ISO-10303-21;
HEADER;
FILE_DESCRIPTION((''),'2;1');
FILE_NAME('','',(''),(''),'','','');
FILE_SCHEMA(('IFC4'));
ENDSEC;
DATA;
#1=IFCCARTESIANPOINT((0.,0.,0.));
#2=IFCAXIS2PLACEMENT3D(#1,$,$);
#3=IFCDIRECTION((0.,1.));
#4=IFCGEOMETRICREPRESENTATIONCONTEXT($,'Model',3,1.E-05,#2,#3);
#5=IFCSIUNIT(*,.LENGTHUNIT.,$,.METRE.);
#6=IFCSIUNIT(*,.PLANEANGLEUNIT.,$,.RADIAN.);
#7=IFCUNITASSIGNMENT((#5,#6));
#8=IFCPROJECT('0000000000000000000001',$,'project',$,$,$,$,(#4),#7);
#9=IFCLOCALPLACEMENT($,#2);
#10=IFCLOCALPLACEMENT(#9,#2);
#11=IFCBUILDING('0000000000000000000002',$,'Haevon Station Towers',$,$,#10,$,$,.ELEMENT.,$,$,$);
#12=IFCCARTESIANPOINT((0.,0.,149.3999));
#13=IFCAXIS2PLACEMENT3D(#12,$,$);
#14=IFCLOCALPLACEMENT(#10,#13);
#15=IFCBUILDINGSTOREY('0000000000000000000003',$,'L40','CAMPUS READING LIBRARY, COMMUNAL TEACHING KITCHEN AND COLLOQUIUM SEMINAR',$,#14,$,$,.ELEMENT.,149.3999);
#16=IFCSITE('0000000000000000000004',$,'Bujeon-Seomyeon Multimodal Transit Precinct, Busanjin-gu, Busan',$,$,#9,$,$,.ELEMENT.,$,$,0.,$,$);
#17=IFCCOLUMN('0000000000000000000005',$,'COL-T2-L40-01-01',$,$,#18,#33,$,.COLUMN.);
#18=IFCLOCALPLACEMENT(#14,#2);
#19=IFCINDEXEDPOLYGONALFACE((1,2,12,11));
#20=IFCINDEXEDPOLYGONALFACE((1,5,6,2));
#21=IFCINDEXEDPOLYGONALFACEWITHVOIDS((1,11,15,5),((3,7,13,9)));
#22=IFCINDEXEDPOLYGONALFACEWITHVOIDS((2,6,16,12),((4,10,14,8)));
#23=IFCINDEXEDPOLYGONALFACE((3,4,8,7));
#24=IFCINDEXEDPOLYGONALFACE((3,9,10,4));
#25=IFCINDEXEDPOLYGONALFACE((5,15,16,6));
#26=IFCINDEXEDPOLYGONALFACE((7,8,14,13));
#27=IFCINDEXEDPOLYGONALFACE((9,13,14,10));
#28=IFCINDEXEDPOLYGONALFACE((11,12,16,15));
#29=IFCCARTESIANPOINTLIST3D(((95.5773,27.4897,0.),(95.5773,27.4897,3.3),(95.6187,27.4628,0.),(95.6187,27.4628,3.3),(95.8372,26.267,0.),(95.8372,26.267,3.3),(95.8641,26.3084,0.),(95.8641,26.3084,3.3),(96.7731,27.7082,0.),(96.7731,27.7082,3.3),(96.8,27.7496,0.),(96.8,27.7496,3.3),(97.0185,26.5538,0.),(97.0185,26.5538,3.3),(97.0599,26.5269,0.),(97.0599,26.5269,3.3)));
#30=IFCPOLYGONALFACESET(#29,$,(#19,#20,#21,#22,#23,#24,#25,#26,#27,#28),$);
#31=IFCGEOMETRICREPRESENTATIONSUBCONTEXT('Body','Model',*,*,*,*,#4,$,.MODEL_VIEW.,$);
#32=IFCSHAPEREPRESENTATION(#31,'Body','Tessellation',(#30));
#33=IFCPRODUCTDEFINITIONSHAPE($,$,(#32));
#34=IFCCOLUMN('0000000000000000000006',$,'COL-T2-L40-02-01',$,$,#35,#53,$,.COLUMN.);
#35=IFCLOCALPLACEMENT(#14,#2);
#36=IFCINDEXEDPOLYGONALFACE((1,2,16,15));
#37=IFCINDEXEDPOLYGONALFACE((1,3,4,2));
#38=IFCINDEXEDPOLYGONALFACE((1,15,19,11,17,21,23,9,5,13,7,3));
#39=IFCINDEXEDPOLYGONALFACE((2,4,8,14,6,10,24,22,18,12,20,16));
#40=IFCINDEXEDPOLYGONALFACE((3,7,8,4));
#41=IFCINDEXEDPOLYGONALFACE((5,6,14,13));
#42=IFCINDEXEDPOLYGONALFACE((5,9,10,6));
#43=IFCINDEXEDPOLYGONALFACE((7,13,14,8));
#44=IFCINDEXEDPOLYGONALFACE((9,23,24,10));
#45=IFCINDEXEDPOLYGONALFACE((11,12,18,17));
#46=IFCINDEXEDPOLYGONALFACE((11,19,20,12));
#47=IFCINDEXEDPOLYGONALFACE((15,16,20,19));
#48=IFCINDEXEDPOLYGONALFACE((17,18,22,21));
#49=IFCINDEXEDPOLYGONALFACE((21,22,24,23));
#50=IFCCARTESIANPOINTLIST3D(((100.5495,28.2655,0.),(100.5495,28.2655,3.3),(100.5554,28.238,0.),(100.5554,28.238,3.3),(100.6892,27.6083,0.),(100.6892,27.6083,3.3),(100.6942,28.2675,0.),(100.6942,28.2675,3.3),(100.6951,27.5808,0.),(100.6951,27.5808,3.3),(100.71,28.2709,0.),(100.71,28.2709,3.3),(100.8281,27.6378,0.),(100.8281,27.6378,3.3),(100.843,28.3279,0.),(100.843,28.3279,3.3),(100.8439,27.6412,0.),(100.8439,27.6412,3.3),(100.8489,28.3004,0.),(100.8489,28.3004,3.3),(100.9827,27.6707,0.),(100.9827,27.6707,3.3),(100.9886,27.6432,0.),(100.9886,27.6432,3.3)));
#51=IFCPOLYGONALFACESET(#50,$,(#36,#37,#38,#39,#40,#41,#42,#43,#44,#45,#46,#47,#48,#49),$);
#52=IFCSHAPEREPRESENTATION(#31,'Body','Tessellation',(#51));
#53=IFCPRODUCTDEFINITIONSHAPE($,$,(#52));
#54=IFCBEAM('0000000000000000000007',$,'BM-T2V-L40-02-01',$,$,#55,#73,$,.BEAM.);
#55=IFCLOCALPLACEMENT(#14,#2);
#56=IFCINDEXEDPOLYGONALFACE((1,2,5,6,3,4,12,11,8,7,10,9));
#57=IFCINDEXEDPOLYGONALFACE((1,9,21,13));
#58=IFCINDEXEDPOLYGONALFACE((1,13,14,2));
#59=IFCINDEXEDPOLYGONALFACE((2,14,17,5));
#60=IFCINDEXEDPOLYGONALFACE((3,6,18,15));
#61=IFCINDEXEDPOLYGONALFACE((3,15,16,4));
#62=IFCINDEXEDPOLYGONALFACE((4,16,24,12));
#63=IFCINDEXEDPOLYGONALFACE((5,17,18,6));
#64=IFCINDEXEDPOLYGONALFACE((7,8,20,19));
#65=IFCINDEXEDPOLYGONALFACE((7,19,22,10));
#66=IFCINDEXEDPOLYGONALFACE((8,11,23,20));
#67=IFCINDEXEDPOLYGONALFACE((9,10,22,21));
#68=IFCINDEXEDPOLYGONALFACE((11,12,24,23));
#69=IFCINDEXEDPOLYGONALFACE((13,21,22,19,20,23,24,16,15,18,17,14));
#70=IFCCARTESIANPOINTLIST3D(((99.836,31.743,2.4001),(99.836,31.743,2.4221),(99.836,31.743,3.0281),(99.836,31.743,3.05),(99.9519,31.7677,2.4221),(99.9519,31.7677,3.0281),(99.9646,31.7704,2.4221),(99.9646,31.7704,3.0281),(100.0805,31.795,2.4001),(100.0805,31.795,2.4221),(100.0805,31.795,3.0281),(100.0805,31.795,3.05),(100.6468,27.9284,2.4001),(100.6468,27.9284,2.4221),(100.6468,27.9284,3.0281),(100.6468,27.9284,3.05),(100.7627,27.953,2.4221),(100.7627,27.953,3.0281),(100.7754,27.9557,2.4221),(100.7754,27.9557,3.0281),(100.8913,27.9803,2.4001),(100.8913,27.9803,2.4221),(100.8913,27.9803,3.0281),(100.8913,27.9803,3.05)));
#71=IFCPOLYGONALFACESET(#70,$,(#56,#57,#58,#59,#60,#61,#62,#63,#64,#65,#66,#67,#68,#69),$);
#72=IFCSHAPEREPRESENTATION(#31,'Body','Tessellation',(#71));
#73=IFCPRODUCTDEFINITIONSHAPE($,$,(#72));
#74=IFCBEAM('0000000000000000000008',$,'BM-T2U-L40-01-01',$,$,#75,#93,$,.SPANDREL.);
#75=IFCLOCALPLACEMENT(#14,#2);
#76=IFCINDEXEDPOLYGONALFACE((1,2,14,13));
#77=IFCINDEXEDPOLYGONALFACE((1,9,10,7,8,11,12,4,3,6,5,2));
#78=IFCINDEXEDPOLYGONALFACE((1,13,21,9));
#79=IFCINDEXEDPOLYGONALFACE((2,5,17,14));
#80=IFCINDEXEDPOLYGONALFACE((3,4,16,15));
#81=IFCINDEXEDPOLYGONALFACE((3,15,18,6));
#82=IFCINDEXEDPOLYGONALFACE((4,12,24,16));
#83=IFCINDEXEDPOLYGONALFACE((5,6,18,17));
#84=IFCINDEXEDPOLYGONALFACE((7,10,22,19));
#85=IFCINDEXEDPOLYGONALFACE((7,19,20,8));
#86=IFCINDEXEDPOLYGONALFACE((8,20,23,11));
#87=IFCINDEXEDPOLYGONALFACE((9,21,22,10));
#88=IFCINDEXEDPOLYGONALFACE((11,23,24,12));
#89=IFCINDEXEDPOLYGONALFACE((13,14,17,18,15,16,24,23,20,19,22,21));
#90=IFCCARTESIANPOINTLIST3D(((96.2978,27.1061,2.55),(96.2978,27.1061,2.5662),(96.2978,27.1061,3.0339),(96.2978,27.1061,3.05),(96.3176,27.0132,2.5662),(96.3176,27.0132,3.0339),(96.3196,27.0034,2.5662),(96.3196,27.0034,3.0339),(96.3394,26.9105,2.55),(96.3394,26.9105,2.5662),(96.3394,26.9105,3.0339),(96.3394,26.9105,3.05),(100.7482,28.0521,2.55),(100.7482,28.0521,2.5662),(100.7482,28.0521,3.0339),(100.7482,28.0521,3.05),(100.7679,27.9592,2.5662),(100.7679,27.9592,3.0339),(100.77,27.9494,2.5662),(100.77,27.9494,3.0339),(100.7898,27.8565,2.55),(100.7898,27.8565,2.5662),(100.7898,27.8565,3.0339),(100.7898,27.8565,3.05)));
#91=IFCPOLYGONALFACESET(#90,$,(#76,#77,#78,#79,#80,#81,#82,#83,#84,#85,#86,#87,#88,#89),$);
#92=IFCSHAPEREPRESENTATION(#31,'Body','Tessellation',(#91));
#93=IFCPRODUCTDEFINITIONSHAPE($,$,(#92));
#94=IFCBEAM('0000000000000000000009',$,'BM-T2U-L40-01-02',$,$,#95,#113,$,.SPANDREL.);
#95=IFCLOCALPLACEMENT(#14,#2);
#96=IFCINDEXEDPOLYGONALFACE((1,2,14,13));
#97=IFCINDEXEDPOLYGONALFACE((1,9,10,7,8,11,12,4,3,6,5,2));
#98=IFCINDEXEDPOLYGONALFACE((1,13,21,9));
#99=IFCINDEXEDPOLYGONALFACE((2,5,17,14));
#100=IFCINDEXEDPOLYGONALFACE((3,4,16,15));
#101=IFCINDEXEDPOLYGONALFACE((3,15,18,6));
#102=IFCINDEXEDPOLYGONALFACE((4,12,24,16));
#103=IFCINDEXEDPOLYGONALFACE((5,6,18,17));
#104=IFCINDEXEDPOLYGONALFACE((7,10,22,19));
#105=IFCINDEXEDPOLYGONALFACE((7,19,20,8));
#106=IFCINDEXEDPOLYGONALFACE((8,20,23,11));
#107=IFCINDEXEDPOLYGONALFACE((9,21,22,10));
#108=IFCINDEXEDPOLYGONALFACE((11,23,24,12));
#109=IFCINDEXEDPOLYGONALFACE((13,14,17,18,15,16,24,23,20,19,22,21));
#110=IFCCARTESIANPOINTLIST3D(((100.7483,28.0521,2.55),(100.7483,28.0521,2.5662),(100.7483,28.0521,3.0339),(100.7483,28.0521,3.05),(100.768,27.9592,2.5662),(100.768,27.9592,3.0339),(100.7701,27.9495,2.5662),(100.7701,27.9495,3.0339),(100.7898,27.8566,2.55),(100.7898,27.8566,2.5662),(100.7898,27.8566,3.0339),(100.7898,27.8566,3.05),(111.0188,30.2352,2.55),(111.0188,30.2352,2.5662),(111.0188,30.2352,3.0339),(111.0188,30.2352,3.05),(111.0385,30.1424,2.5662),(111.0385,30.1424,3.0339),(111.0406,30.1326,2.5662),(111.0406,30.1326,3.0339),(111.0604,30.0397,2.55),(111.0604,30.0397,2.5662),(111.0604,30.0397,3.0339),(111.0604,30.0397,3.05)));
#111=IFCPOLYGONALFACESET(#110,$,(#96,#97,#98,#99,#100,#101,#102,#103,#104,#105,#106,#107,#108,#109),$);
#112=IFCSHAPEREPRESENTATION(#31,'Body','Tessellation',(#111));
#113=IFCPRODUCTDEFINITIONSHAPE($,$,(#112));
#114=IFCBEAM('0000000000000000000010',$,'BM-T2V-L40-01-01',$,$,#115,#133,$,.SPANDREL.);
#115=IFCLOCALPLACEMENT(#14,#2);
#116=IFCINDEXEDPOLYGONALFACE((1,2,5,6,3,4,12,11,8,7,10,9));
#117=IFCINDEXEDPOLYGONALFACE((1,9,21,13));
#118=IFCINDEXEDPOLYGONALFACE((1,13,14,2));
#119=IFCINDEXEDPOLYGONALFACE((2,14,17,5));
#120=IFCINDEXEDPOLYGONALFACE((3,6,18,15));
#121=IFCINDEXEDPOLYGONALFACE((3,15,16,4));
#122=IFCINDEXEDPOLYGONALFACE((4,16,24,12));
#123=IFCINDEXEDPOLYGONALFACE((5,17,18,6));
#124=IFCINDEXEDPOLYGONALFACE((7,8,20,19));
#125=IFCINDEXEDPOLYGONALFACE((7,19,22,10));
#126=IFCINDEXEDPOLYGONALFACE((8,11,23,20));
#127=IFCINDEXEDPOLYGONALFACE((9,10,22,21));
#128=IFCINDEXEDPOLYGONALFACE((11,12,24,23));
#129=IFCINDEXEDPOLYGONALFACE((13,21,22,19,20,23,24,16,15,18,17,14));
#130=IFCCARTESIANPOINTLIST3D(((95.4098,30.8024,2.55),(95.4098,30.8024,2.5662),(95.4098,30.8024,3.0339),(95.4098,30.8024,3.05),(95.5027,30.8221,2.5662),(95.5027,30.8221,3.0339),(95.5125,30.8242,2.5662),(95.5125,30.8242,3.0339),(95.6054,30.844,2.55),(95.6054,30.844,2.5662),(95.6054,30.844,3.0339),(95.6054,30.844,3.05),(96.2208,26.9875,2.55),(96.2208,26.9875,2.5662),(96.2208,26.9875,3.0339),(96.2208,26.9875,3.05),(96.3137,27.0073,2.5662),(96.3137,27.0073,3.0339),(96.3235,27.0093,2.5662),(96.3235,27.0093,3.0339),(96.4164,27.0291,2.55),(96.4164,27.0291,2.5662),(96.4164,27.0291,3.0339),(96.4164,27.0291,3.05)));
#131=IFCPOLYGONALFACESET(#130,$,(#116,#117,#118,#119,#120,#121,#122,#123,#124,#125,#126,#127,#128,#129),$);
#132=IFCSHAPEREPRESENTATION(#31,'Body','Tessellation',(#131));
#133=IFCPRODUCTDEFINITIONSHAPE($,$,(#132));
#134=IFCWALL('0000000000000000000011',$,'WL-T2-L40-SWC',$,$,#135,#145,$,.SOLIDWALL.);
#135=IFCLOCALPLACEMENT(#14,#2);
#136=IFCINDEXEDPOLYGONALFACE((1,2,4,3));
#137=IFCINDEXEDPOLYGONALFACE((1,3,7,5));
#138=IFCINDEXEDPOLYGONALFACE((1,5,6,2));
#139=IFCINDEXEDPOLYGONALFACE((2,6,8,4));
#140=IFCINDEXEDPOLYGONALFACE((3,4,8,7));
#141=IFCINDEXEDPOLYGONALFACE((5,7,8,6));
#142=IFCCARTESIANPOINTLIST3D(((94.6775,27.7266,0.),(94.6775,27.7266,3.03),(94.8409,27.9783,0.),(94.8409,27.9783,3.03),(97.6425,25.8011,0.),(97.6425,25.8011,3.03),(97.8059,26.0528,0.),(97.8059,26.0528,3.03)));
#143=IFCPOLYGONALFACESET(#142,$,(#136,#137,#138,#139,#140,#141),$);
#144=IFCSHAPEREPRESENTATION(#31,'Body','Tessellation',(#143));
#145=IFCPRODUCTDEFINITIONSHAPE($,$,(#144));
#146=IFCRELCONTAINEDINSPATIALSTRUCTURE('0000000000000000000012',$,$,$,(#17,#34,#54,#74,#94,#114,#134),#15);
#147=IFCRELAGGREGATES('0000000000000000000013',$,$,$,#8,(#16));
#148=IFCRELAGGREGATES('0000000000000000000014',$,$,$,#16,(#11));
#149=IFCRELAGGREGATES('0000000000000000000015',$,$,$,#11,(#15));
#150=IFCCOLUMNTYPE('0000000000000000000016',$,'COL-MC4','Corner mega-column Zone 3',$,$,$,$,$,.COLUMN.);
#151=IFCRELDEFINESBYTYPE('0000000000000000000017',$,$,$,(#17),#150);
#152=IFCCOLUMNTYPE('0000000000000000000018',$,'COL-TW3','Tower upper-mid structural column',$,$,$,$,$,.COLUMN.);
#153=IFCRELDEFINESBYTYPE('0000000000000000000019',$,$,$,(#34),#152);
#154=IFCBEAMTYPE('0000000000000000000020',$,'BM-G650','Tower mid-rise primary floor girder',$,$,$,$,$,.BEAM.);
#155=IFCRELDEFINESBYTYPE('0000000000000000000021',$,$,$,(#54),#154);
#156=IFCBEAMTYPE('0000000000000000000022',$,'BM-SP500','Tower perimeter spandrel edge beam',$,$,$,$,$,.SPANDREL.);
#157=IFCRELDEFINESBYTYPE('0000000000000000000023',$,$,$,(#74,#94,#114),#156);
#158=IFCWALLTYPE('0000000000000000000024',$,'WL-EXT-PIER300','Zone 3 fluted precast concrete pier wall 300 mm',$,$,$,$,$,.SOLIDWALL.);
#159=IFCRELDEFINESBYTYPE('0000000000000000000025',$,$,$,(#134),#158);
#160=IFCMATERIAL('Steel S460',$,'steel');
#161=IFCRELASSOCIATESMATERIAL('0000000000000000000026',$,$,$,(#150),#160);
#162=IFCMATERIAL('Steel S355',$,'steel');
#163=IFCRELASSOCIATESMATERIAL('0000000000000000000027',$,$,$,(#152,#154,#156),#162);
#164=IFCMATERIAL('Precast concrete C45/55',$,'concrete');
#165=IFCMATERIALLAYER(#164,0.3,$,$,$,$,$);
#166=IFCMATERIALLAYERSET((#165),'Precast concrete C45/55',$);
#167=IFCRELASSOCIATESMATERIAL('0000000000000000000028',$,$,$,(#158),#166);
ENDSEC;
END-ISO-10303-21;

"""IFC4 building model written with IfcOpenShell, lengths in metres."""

from ifc_helpers import new_model, si_unit, direction, frame, frame_2d, origin, origin_2d, place, context, subcontext, project, spatial, rectangle, hollow_rectangle, i_section, extrude, material, layer, layer_set, material_profile, profile_set, type_object, element, save


model = new_model("IFC4")

# Units and contexts
model_context = context("Model", 3, precision=1e-05, world=origin(), true_north=direction((0.0, 1.0)))
body_context = subcontext(model_context, "Body", "Model", "MODEL_VIEW")
ifc_project = project(units=[si_unit("LENGTHUNIT", "METRE"), si_unit("PLANEANGLEUNIT", "RADIAN")], contexts=[model_context])

# Site, building, storey
site_placement = place(None, origin())
site = spatial("IfcSite", under=ifc_project, at=site_placement, Name="Bujeon-Seomyeon Multimodal Transit Precinct, Busanjin-gu, Busan", CompositionType="ELEMENT", RefElevation=0.0)
building_placement = place(site_placement, origin())
building = spatial("IfcBuilding", under=site, at=building_placement, Name="Haevon Station Towers", CompositionType="ELEMENT")
storey_placement = place(building_placement, frame((0.0, 0.0, 149.3999)))
storey = spatial("IfcBuildingStorey", under=building, at=storey_placement, Name="L40", Description="CAMPUS READING LIBRARY, COMMUNAL TEACHING KITCHEN AND COLLOQUIUM SEMINAR", CompositionType="ELEMENT", Elevation=149.3999)

# Columns
ifc_material_1 = material(Name="Steel S460", Category="steel")
ifc_material_profile_1 = material_profile(ifc_material_1, hollow_rectangle(XDim=1.25, YDim=1.25, WallThickness=0.0349, at=origin_2d()), Name="BOX-1250x1250x35")
ifc_profile_set_1 = profile_set([ifc_material_profile_1], Name="Steel S460")
column_type_1 = type_object("IfcColumnType", Name="COL-MC4", Description="Corner mega-column Zone 3", PredefinedType="COLUMN", material=ifc_profile_set_1)
column_1_placement = place(storey_placement, frame((96.3186, 27.0083, 0.0), z_axis=(0.0, 0.0, 1.0), x_axis=(0.978148, 0.207912, 0.0)))
element("IfcColumn", 1, at=column_1_placement, inside=storey, type_object=column_type_1, Name="COL-T2-L40-01-01", PredefinedType="COLUMN", context=body_context, shape_type="SweptSolid", body=[
    extrude(hollow_rectangle(XDim=1.25, YDim=1.25, WallThickness=0.0349, at=origin_2d()), origin(), (0.0, 0.0, 1.0), 3.3),
])
ifc_material_2 = material(Name="Steel S355", Category="steel")
ifc_material_profile_2 = material_profile(ifc_material_2, i_section(OverallWidth=0.3, OverallDepth=0.7, WebThickness=0.0161, FlangeThickness=0.0281, at=origin_2d()), Name="H-700x300x16x28")
ifc_profile_set_2 = profile_set([ifc_material_profile_2], Name="Steel S355")
column_type_2 = type_object("IfcColumnType", Name="COL-TW3", Description="Tower upper-mid structural column", PredefinedType="COLUMN", material=ifc_profile_set_2)
column_2_placement = place(storey_placement, frame((100.769, 27.9543, 0.0), z_axis=(0.0, 0.0, 1.0), x_axis=(0.978148, 0.207912, 0.0)))
element("IfcColumn", 2, at=column_2_placement, inside=storey, type_object=column_type_2, Name="COL-T2-L40-02-01", PredefinedType="COLUMN", context=body_context, shape_type="SweptSolid", body=[
    extrude(i_section(OverallWidth=0.3, OverallDepth=0.7, WebThickness=0.0161, FlangeThickness=0.0281, at=origin_2d()), origin(), (0.0, 0.0, 1.0), 3.3),
])

# Beams
ifc_material_profile_3 = material_profile(ifc_material_2, i_section(OverallWidth=0.25, OverallDepth=0.6499, WebThickness=0.0129, FlangeThickness=0.022, at=origin_2d()), Name="H-650x250x13x22")
ifc_profile_set_3 = profile_set([ifc_material_profile_3], Name="Steel S355")
beam_type_1 = type_object("IfcBeamType", Name="BM-G650", Description="Tower mid-rise primary floor girder", PredefinedType="BEAM", material=ifc_profile_set_3)
beam_1_placement = place(storey_placement, frame((100.769, 27.9543, 2.7251), z_axis=(-0.2079, 0.97815, 0.0), x_axis=(-0.97815, -0.2079, 0.0)))
element("IfcBeam", 3, at=beam_1_placement, inside=storey, type_object=beam_type_1, Name="BM-T2V-L40-02-01", PredefinedType="BEAM", context=body_context, shape_type="SweptSolid", body=[
    extrude(i_section(OverallWidth=0.25, OverallDepth=0.6499, WebThickness=0.0129, FlangeThickness=0.022, at=origin_2d()), origin(), (0.0, 0.0, 1.0), 3.8999),
])
ifc_material_profile_4 = material_profile(ifc_material_2, i_section(OverallWidth=0.2, OverallDepth=0.5, WebThickness=0.01, FlangeThickness=0.0161, at=origin_2d()), Name="H-500x200x10x16")
ifc_profile_set_4 = profile_set([ifc_material_profile_4], Name="Steel S355")
beam_type_2 = type_object("IfcBeamType", Name="BM-SP500", Description="Tower perimeter spandrel edge beam", PredefinedType="SPANDREL", material=ifc_profile_set_4)
beam_2_placement = place(storey_placement, frame((96.3186, 27.0083, 2.8), z_axis=(0.978144, 0.207927, 0.0), x_axis=(-0.207927, 0.978144, 0.0)))
element("IfcBeam", 4, at=beam_2_placement, inside=storey, type_object=beam_type_2, Name="BM-T2U-L40-01-01", PredefinedType="SPANDREL", context=body_context, shape_type="SweptSolid", body=[
    extrude(i_section(OverallWidth=0.2, OverallDepth=0.5, WebThickness=0.01, FlangeThickness=0.0161, at=origin_2d()), origin(), (0.0, 0.0, 1.0), 4.5498),
])
beam_3_placement = place(storey_placement, frame((100.769, 27.9543, 2.8), z_axis=(0.978147, 0.207915, 0.0), x_axis=(-0.207915, 0.978147, 0.0)))
element("IfcBeam", 5, at=beam_3_placement, inside=storey, type_object=beam_type_2, Name="BM-T2U-L40-01-02", PredefinedType="SPANDREL", context=body_context, shape_type="SweptSolid", body=[
    extrude(i_section(OverallWidth=0.2, OverallDepth=0.5, WebThickness=0.01, FlangeThickness=0.0161, at=origin_2d()), origin(), (0.0, 0.0, 1.0), 10.5),
])
beam_4_placement = place(storey_placement, frame((96.3186, 27.0083, 2.8), z_axis=(-0.207947, 0.97814, 0.0), x_axis=(-0.97814, -0.207947, 0.0)))
element("IfcBeam", 6, at=beam_4_placement, inside=storey, type_object=beam_type_2, Name="BM-T2V-L40-01-01", PredefinedType="SPANDREL", context=body_context, shape_type="SweptSolid", body=[
    extrude(i_section(OverallWidth=0.2, OverallDepth=0.5, WebThickness=0.01, FlangeThickness=0.0161, at=origin_2d()), origin(), (0.0, 0.0, 1.0), 3.9001),
])

# Wall
ifc_material_3 = material(Name="Precast concrete C45/55", Category="concrete")
ifc_layer_1 = layer(ifc_material_3, 0.3)
ifc_layer_set_1 = layer_set([ifc_layer_1], Name="Precast concrete C45/55")
wall_type_1 = type_object("IfcWallType", Name="WL-EXT-PIER300", Description="Zone 3 fluted precast concrete pier wall 300 mm", PredefinedType="SOLIDWALL", material=ifc_layer_set_1)
wall_1_placement = place(storey_placement, frame((97.7241, 25.927, 0.0), z_axis=(0.0, 0.0, 1.0), x_axis=(-0.838672, 0.544636, 0.0)))
element("IfcWall", 7, at=wall_1_placement, inside=storey, type_object=wall_type_1, Name="WL-T2-L40-SWC", PredefinedType="SOLIDWALL", context=body_context, shape_type="SweptSolid", body=[
    extrude(rectangle(XDim=3.5354, YDim=0.3, at=frame_2d((1.7676, 0.0))), origin(), (0.0, 0.0, 1.0), 3.03),
])

save(model, "model.ifc")
